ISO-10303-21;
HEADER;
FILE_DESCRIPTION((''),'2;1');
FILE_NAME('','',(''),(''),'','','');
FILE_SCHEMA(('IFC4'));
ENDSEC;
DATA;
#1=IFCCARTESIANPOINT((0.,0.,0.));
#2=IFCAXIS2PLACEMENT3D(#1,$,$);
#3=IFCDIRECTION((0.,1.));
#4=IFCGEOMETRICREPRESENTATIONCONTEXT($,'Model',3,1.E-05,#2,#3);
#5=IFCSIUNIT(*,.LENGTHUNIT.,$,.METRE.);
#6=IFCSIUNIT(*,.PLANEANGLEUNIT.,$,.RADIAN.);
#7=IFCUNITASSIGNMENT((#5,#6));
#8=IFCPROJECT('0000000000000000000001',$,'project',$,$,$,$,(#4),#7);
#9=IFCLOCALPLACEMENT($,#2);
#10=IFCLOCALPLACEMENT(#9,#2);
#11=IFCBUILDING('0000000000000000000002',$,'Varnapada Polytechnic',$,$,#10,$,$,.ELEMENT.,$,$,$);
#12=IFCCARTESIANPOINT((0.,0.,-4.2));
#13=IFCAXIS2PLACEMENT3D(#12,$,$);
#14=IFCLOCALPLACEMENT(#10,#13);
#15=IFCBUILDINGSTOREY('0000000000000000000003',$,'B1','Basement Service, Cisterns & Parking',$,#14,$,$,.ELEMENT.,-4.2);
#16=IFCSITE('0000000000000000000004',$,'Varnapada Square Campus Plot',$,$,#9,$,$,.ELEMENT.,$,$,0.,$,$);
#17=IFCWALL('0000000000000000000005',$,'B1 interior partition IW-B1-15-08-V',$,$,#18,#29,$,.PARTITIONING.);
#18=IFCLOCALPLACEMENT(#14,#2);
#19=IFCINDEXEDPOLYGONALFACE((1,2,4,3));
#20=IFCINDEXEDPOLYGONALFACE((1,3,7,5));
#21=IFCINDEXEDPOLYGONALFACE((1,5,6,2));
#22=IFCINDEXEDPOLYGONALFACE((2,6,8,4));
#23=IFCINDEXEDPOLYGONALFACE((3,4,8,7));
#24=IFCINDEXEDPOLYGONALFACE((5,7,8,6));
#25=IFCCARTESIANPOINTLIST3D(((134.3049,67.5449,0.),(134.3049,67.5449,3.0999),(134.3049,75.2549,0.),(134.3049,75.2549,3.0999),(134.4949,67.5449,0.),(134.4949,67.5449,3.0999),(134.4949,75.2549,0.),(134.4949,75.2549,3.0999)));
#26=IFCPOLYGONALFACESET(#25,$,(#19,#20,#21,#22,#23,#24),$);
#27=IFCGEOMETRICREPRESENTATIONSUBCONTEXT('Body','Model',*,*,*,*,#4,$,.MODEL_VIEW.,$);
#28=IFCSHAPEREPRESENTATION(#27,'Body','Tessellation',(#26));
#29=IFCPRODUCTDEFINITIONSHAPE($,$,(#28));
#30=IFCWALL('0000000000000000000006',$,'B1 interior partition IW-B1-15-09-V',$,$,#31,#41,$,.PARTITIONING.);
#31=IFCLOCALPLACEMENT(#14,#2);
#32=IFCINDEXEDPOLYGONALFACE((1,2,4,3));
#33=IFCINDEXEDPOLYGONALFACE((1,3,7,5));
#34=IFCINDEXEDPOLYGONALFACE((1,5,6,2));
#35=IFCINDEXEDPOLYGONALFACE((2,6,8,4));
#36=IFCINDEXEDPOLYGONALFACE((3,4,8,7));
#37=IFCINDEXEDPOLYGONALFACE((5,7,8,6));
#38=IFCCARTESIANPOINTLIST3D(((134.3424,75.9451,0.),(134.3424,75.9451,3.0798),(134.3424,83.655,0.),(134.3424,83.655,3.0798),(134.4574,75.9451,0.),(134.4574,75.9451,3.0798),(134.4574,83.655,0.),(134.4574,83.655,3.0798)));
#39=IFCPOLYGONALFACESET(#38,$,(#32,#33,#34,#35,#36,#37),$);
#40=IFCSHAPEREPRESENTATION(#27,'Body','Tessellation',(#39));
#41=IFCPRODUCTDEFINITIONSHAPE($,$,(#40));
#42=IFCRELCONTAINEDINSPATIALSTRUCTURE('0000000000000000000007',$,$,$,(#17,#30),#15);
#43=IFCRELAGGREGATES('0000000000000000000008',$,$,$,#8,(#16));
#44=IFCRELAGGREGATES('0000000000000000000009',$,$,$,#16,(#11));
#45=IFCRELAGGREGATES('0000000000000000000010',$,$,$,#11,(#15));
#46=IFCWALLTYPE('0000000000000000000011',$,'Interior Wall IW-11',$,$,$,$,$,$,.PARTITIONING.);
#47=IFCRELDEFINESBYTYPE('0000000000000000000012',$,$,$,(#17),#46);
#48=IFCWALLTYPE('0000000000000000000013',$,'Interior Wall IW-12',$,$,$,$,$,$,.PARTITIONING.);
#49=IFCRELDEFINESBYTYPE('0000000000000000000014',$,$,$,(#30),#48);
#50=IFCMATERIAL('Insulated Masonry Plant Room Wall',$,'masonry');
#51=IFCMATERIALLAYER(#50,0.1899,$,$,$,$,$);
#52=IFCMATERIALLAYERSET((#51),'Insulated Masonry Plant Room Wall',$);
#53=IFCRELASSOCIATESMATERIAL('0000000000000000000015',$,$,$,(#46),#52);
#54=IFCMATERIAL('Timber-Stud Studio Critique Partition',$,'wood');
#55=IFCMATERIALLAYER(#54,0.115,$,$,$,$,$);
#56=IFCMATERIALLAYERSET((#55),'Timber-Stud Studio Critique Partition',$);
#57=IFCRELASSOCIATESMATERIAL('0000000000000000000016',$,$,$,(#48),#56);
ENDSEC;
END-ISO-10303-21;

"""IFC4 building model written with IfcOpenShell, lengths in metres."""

from ifc_helpers import new_model, si_unit, direction, frame, frame_2d, origin, place, context, subcontext, project, spatial, rectangle, extrude, material, layer, layer_set, type_object, element, save


model = new_model("IFC4")

# Units and contexts
model_context = context("Model", 3, precision=1e-05, world=origin(), true_north=direction((0.0, 1.0)))
body_context = subcontext(model_context, "Body", "Model", "MODEL_VIEW")
ifc_project = project(units=[si_unit("LENGTHUNIT", "METRE"), si_unit("PLANEANGLEUNIT", "RADIAN")], contexts=[model_context])

# Site, building, storey
site_placement = place(None, origin())
site = spatial("IfcSite", under=ifc_project, at=site_placement, Name="Varnapada Square Campus Plot", CompositionType="ELEMENT", RefElevation=0.0)
building_placement = place(site_placement, origin())
building = spatial("IfcBuilding", under=site, at=building_placement, Name="Varnapada Polytechnic", CompositionType="ELEMENT")
storey_placement = place(building_placement, frame((0.0, 0.0, -4.2)))
storey = spatial("IfcBuildingStorey", under=building, at=storey_placement, Name="B1", Description="Basement Service, Cisterns & Parking", CompositionType="ELEMENT", Elevation=-4.2)

# Walls
ifc_material_1 = material(Name="Insulated Masonry Plant Room Wall", Category="masonry")
ifc_layer_1 = layer(ifc_material_1, 0.1899)
ifc_layer_set_1 = layer_set([ifc_layer_1], Name="Insulated Masonry Plant Room Wall")
wall_type_1 = type_object("IfcWallType", Name="Interior Wall IW-11", PredefinedType="PARTITIONING", material=ifc_layer_set_1)
wall_1_placement = place(storey_placement, frame((134.3999, 67.5449, 0.0), z_axis=(0.0, 0.0, 1.0), x_axis=(0.0, 1.0, 0.0)))
element("IfcWall", 1, at=wall_1_placement, inside=storey, type_object=wall_type_1, Name="B1 interior partition IW-B1-15-08-V", PredefinedType="PARTITIONING", context=body_context, shape_type="SweptSolid", body=[
    extrude(rectangle(XDim=7.71, YDim=0.1899, at=frame_2d((3.855, 0.0))), origin(), (0.0, 0.0, 1.0), 3.0999),
])
ifc_material_2 = material(Name="Timber-Stud Studio Critique Partition", Category="wood")
ifc_layer_2 = layer(ifc_material_2, 0.115)
ifc_layer_set_2 = layer_set([ifc_layer_2], Name="Timber-Stud Studio Critique Partition")
wall_type_2 = type_object("IfcWallType", Name="Interior Wall IW-12", PredefinedType="PARTITIONING", material=ifc_layer_set_2)
wall_2_placement = place(storey_placement, frame((134.3999, 75.9451, 0.0), z_axis=(0.0, 0.0, 1.0), x_axis=(0.0, 1.0, 0.0)))
element("IfcWall", 2, at=wall_2_placement, inside=storey, type_object=wall_type_2, Name="B1 interior partition IW-B1-15-09-V", PredefinedType="PARTITIONING", context=body_context, shape_type="SweptSolid", body=[
    extrude(rectangle(XDim=7.71, YDim=0.115, at=frame_2d((3.855, 0.0))), origin(), (0.0, 0.0, 1.0), 3.0798),
])

save(model, "model.ifc")
